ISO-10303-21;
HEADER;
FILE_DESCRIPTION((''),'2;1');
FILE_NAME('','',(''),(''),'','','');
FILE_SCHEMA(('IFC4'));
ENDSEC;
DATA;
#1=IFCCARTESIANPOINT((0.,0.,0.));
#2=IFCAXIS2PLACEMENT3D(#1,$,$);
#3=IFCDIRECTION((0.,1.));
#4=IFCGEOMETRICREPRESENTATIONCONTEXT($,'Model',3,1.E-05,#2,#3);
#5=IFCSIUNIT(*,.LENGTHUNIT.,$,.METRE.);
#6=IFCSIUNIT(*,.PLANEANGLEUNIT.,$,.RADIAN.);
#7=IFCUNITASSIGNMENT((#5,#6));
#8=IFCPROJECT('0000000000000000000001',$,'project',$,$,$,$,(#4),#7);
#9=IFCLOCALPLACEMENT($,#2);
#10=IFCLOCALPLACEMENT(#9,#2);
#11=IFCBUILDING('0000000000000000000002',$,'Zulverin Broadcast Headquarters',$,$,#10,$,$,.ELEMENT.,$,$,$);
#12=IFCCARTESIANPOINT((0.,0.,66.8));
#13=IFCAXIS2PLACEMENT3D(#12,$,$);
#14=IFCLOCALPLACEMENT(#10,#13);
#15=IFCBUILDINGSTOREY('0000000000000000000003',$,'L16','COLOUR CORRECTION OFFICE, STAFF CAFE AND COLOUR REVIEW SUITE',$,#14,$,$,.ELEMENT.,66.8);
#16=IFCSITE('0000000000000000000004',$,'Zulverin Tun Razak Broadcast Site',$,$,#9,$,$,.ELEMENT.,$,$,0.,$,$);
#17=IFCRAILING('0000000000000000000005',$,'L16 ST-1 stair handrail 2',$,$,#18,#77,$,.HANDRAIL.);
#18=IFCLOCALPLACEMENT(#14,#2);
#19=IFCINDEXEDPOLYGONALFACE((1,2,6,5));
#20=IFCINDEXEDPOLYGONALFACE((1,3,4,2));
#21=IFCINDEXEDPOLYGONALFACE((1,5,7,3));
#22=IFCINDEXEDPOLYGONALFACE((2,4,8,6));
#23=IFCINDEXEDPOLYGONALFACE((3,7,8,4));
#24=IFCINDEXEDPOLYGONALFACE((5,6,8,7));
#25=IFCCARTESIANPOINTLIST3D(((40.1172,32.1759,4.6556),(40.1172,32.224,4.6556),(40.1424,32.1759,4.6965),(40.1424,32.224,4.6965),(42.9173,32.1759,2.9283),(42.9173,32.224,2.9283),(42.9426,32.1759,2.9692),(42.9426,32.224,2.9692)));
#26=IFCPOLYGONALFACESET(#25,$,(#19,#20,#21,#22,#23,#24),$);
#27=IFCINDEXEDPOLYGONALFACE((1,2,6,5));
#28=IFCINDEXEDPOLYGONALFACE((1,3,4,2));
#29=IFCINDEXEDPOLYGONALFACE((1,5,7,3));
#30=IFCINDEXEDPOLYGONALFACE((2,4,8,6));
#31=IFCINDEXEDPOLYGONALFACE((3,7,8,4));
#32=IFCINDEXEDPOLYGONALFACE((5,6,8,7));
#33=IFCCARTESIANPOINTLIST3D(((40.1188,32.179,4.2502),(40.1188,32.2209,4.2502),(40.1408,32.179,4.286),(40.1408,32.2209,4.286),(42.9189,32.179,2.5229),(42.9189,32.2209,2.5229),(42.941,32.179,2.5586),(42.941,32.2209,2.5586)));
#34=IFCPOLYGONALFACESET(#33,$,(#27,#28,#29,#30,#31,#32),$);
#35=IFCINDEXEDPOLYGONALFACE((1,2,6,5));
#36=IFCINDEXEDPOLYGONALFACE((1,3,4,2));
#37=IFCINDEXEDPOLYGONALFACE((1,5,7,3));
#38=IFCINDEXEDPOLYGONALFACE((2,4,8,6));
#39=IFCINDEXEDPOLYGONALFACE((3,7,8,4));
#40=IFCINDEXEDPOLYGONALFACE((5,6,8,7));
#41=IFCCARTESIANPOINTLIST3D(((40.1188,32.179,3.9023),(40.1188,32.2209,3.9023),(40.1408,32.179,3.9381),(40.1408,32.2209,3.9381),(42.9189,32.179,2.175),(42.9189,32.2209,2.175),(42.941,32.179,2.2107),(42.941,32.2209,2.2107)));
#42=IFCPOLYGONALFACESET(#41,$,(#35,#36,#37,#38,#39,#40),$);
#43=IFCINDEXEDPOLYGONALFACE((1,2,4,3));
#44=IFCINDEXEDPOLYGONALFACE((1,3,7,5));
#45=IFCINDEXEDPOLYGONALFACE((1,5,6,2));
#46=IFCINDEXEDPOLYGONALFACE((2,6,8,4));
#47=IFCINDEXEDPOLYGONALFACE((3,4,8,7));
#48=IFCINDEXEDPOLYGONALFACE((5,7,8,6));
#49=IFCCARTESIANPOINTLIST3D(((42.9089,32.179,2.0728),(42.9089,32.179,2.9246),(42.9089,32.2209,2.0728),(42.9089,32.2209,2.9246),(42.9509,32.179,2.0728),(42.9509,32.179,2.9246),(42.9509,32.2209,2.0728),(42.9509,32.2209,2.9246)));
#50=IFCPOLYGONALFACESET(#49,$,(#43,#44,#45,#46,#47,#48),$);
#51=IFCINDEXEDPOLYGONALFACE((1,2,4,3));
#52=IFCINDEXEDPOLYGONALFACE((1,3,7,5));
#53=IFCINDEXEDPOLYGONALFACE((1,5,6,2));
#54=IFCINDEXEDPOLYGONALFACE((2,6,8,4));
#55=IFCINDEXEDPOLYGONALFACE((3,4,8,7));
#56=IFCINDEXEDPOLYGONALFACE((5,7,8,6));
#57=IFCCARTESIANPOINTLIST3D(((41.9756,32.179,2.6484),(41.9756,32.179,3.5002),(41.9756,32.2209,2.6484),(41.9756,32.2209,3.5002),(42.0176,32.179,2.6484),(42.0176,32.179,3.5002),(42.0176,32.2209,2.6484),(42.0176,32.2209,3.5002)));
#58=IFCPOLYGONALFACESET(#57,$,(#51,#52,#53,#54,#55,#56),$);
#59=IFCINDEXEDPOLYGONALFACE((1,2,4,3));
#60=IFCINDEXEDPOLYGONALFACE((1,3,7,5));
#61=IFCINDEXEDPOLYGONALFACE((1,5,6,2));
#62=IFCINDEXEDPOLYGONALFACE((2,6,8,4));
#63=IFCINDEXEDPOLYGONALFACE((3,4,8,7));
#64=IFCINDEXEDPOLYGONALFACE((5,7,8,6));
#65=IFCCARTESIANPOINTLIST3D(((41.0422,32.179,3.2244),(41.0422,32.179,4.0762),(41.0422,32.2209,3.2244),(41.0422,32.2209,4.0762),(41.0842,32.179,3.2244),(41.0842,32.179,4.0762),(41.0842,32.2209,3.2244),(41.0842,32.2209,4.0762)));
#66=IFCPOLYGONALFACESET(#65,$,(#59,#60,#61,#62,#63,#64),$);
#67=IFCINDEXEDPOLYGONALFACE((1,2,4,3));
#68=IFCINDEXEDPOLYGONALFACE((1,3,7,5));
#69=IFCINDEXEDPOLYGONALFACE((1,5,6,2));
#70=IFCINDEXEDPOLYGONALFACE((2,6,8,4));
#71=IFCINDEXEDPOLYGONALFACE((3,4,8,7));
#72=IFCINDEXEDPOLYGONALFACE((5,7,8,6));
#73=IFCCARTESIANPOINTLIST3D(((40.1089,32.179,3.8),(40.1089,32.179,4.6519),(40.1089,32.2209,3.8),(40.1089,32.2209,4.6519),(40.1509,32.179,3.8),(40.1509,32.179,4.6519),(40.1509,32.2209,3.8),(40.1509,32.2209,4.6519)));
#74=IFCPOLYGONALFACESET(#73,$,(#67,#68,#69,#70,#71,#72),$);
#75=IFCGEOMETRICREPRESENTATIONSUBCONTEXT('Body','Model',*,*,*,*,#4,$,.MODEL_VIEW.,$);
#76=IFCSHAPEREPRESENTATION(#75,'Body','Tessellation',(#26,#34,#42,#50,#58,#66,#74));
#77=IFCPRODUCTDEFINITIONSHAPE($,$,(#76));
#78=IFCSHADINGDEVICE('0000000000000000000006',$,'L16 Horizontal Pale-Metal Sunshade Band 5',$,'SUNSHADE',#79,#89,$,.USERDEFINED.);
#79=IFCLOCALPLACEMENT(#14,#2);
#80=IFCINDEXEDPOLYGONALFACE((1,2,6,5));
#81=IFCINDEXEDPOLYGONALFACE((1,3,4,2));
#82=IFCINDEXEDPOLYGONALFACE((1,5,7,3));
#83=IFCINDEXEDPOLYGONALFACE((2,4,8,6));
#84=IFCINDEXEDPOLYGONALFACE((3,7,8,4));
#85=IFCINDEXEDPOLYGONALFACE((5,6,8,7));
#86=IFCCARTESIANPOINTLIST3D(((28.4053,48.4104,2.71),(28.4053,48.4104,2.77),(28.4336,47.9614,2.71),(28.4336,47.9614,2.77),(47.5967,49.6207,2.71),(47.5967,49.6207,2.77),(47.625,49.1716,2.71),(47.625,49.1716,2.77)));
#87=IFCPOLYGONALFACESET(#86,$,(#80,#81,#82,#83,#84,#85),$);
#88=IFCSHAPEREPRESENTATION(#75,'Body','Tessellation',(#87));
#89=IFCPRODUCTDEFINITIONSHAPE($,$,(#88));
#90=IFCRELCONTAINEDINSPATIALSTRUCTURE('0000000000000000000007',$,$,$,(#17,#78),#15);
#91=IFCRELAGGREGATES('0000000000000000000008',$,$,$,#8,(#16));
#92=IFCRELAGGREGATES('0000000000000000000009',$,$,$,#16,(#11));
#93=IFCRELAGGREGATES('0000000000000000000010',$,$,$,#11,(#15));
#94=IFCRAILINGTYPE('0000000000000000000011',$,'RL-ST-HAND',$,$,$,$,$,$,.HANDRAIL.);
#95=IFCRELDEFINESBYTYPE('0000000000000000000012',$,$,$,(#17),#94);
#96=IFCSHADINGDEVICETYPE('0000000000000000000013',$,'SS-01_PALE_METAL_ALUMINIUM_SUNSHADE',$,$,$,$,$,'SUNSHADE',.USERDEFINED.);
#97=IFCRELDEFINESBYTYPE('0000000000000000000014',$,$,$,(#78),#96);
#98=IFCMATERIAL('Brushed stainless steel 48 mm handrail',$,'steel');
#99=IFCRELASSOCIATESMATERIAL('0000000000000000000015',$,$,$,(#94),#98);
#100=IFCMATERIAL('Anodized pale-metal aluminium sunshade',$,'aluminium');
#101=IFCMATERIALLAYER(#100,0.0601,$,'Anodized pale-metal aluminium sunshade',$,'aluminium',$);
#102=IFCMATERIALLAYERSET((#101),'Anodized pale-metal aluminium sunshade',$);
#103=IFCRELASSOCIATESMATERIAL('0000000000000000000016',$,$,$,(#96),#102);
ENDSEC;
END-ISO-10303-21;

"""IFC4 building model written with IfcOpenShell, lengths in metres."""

from ifc_helpers import new_model, si_unit, direction, frame, origin, origin_2d, place, context, subcontext, project, spatial, rectangle, extrude, material, layer, layer_set, type_object, element, save


model = new_model("IFC4")

# Units and contexts
model_context = context("Model", 3, precision=1e-05, world=origin(), true_north=direction((0.0, 1.0)))
body_context = subcontext(model_context, "Body", "Model", "MODEL_VIEW")
ifc_project = project(units=[si_unit("LENGTHUNIT", "METRE"), si_unit("PLANEANGLEUNIT", "RADIAN")], contexts=[model_context])

# Site, building, storey
site_placement = place(None, origin())
site = spatial("IfcSite", under=ifc_project, at=site_placement, Name="Zulverin Tun Razak Broadcast Site", CompositionType="ELEMENT", RefElevation=0.0)
building_placement = place(site_placement, origin())
building = spatial("IfcBuilding", under=site, at=building_placement, Name="Zulverin Broadcast Headquarters", CompositionType="ELEMENT")
storey_placement = place(building_placement, frame((0.0, 0.0, 66.8)))
storey = spatial("IfcBuildingStorey", under=building, at=storey_placement, Name="L16", Description="COLOUR CORRECTION OFFICE, STAFF CAFE AND COLOUR REVIEW SUITE", CompositionType="ELEMENT", Elevation=66.8)

# Railing
ifc_material_1 = material(Name="Brushed stainless steel 48 mm handrail", Category="steel")
railing_type_1 = type_object("IfcRailingType", Name="RL-ST-HAND", PredefinedType="HANDRAIL", material=ifc_material_1)
railing_1_placement = place(storey_placement, frame((42.9299, 32.2, 2.0728)))
element("IfcRailing", 1, at=railing_1_placement, inside=storey, type_object=railing_type_1, Name="L16 ST-1 stair handrail 2", PredefinedType="HANDRAIL", context=body_context, shape_type="SweptSolid", body=[
    extrude(rectangle(XDim=0.0481, YDim=0.0481, at=origin_2d()), frame((0.0, 0.0, 0.876), z_axis=(-0.85109, 0.0, 0.52502), x_axis=(0.0, -1.0, 0.0)), (0.0, 0.0, 1.0), 3.29),
    extrude(rectangle(XDim=0.042, YDim=0.042, at=origin_2d()), frame((0.0, 0.0, 0.468), z_axis=(-0.85109, 0.0, 0.52502), x_axis=(0.0, -1.0, 0.0)), (0.0, 0.0, 1.0), 3.29),
    extrude(rectangle(XDim=0.042, YDim=0.042, at=origin_2d()), frame((0.0, 0.0, 0.1201), z_axis=(-0.85109, 0.0, 0.52502), x_axis=(0.0, -1.0, 0.0)), (0.0, 0.0, 1.0), 3.29),
    extrude(rectangle(XDim=0.042, YDim=0.042, at=origin_2d()), origin(), (0.0, 0.0, 1.0), 0.8518),
    extrude(rectangle(XDim=0.042, YDim=0.042, at=origin_2d()), frame((-0.9333, 0.0, 0.5757)), (0.0, 0.0, 1.0), 0.8518),
    extrude(rectangle(XDim=0.042, YDim=0.042, at=origin_2d()), frame((-1.8667, 0.0, 1.1516)), (0.0, 0.0, 1.0), 0.8518),
    extrude(rectangle(XDim=0.042, YDim=0.042, at=origin_2d()), frame((-2.8, 0.0, 1.7273)), (0.0, 0.0, 1.0), 0.8518),
])

# Shading device
ifc_material_2 = material(Name="Anodized pale-metal aluminium sunshade", Category="aluminium")
ifc_layer_1 = layer(ifc_material_2, 0.0601, Name="Anodized pale-metal aluminium sunshade", Category="aluminium")
ifc_layer_set_1 = layer_set([ifc_layer_1], Name="Anodized pale-metal aluminium sunshade")
shading_device_type = type_object("IfcShadingDeviceType", Name="SS-01_PALE_METAL_ALUMINIUM_SUNSHADE", ElementType="SUNSHADE", PredefinedType="USERDEFINED", material=ifc_layer_set_1)
shading_device_placement = place(storey_placement, frame((38.0151, 48.791, 2.71), z_axis=(0.0, 0.0, 1.0), x_axis=(-0.998018, -0.062935, 0.0)))
element("IfcShadingDevice", 2, at=shading_device_placement, inside=storey, type_object=shading_device_type, Name="L16 Horizontal Pale-Metal Sunshade Band 5", ObjectType="SUNSHADE", PredefinedType="USERDEFINED", context=body_context, shape_type="SweptSolid", body=[
    extrude(rectangle(XDim=19.2295, YDim=0.45, at=origin_2d()), origin(), (0.0, 0.0, 1.0), 0.0601),
])

save(model, "model.ifc")
